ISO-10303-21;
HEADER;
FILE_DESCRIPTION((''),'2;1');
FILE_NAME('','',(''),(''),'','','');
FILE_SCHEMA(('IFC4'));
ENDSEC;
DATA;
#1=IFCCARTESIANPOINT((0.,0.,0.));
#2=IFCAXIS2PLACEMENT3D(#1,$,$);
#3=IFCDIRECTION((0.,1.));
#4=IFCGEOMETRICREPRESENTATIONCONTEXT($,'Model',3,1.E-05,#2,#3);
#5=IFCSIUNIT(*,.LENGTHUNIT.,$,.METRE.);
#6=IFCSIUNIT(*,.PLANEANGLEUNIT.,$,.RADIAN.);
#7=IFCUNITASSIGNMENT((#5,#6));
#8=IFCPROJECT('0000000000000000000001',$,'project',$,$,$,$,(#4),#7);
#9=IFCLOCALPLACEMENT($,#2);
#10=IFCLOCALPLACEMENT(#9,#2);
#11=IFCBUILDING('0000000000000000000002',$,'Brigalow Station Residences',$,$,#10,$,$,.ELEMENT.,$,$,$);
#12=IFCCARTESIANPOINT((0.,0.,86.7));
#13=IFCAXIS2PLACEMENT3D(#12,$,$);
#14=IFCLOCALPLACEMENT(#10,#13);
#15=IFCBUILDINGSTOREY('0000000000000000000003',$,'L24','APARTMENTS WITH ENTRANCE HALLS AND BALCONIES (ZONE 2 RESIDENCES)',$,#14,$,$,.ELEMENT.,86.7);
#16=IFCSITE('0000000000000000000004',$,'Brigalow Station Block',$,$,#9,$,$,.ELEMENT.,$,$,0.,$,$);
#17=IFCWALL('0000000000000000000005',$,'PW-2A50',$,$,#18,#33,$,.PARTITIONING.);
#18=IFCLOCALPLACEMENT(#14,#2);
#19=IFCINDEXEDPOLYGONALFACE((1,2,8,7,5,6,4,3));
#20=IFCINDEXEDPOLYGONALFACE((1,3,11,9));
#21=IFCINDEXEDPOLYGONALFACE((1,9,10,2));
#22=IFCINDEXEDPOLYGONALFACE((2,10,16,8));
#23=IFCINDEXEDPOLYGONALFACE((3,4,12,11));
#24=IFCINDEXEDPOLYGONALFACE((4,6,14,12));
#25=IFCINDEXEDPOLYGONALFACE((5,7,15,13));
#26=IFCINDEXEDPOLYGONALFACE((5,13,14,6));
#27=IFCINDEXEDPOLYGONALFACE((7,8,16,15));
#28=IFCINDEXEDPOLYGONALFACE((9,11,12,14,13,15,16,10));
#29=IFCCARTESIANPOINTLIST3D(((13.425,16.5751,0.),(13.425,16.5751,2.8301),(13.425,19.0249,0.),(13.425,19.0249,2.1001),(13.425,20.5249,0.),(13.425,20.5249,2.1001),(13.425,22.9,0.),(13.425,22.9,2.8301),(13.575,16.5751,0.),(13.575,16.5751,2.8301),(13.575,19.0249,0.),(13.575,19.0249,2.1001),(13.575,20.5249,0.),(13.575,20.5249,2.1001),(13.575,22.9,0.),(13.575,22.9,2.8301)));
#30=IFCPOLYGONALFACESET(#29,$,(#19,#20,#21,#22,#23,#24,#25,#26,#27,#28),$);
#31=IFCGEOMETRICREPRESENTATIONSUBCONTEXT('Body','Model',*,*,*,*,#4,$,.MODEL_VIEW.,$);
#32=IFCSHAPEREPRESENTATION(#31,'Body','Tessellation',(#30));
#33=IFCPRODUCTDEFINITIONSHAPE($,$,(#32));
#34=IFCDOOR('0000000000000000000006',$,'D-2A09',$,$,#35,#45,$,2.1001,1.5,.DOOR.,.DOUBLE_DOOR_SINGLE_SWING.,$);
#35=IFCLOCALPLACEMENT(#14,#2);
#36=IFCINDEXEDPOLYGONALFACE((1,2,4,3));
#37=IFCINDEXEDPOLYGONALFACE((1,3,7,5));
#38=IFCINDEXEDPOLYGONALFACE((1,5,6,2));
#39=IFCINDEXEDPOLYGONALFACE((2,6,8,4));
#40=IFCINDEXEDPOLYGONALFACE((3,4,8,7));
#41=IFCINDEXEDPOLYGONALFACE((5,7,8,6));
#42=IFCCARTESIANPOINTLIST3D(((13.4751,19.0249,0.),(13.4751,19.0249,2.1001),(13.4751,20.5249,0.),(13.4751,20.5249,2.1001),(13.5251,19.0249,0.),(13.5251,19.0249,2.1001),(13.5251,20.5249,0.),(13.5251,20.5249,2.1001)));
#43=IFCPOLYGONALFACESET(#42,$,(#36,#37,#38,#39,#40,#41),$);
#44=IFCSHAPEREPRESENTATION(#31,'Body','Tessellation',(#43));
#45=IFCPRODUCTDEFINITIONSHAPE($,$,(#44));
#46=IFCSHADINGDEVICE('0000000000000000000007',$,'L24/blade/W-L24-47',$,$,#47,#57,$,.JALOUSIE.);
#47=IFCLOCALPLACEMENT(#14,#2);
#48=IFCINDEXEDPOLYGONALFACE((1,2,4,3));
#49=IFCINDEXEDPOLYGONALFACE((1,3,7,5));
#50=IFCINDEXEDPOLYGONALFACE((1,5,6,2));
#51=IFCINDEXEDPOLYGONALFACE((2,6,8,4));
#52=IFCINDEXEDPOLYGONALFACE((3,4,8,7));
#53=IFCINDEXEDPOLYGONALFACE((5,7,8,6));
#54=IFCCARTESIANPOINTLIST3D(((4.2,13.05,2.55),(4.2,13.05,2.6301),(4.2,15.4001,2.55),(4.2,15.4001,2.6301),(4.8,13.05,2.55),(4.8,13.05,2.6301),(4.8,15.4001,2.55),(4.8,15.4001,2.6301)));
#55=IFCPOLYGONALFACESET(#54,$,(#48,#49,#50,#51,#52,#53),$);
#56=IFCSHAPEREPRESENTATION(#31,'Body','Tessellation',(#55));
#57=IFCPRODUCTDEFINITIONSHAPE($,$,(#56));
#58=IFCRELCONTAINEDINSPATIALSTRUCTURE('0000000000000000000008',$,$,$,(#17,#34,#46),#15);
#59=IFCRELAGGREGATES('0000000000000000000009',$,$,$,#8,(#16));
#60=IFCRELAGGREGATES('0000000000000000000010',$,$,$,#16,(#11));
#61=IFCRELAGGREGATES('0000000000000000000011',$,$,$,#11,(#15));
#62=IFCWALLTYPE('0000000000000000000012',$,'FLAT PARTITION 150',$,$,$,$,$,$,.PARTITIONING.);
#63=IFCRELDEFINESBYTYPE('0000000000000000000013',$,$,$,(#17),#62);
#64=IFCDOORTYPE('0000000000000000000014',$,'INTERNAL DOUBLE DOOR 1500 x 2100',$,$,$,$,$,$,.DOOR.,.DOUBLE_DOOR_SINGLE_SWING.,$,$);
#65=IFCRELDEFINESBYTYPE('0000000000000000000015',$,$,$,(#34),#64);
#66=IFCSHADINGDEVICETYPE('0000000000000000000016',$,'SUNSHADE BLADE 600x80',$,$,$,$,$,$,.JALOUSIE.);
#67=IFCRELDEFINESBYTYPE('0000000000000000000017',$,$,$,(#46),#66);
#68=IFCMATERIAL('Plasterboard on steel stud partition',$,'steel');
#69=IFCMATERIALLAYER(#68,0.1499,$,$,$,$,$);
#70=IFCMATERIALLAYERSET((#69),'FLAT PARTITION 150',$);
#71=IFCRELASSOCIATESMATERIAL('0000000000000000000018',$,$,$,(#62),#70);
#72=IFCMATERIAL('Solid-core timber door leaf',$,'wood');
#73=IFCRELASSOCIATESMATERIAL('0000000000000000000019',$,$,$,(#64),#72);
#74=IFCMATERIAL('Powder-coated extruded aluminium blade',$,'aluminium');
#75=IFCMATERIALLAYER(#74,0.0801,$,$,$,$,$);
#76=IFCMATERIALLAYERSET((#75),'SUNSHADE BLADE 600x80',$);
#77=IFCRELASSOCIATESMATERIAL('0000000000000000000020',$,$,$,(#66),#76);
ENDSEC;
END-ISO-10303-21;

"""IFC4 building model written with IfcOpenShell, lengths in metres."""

from ifc_helpers import new_model, si_unit, direction, frame, frame_2d, origin, origin_2d, place, context, subcontext, project, spatial, rectangle, extrude, material, layer, layer_set, type_object, element, fill, save


model = new_model("IFC4")

# Units and contexts
model_context = context("Model", 3, precision=1e-05, world=origin(), true_north=direction((0.0, 1.0)))
body_context = subcontext(model_context, "Body", "Model", "MODEL_VIEW")
ifc_project = project(units=[si_unit("LENGTHUNIT", "METRE"), si_unit("PLANEANGLEUNIT", "RADIAN")], contexts=[model_context])

# Site, building, storey
site_placement = place(None, origin())
site = spatial("IfcSite", under=ifc_project, at=site_placement, Name="Brigalow Station Block", CompositionType="ELEMENT", RefElevation=0.0)
building_placement = place(site_placement, origin())
building = spatial("IfcBuilding", under=site, at=building_placement, Name="Brigalow Station Residences", CompositionType="ELEMENT")
storey_placement = place(building_placement, frame((0.0, 0.0, 86.7)))
storey = spatial("IfcBuildingStorey", under=building, at=storey_placement, Name="L24", Description="APARTMENTS WITH ENTRANCE HALLS AND BALCONIES (ZONE 2 RESIDENCES)", CompositionType="ELEMENT", Elevation=86.7)

# Shared definitions
ifc_material_1 = material(Name="Plasterboard on steel stud partition", Category="steel")
ifc_layer_1 = layer(ifc_material_1, 0.1499)
ifc_layer_set_1 = layer_set([ifc_layer_1], Name="FLAT PARTITION 150")
wall_type_1 = type_object("IfcWallType", Name="FLAT PARTITION 150", PredefinedType="PARTITIONING", material=ifc_layer_set_1)

# Wall, opening, door
wall_1_placement = place(storey_placement, frame((13.5, 16.575, 0.0), z_axis=(0.0, 0.0, 1.0), x_axis=(0.0, 1.0, 0.0)))
wall_1 = element("IfcWall", 1, at=wall_1_placement, inside=storey, type_object=wall_type_1, Name="PW-2A50", PredefinedType="PARTITIONING", context=body_context, shape_type="SweptSolid", body=[
    extrude(rectangle(XDim=6.325, YDim=0.1499, at=frame_2d((3.1626, 0.0))), origin(), (0.0, 0.0, 1.0), 2.8301),
])
opening_1_placement = place(wall_1_placement, frame((2.45, 0.0, 0.0)))
opening_1 = element("IfcOpeningElement", 2, at=opening_1_placement, cuts=wall_1, PredefinedType="OPENING", context=body_context, shape_type="SweptSolid", body=[
    extrude(rectangle(XDim=1.5, YDim=2.1001, at=frame_2d((0.75, 1.05))), frame((0.0, 0.085, 0.0), z_axis=(0.0, -1.0, 0.0), x_axis=(1.0, 0.0, 0.0)), (0.0, 0.0, 1.0), 0.1699),
])
ifc_material_2 = material(Name="Solid-core timber door leaf", Category="wood")
door_type_1 = type_object("IfcDoorType", Name="INTERNAL DOUBLE DOOR 1500 x 2100", OperationType="DOUBLE_DOOR_SINGLE_SWING", PredefinedType="DOOR", material=ifc_material_2)
door_1_placement = place(opening_1_placement, origin())
door_1 = element("IfcDoor", 3, at=door_1_placement, inside=storey, type_object=door_type_1, Name="D-2A09", OperationType="DOUBLE_DOOR_SINGLE_SWING", OverallHeight=2.1001, OverallWidth=1.5, PredefinedType="DOOR", context=body_context, shape_type="SweptSolid", body=[
    extrude(rectangle(XDim=1.5, YDim=2.1001, at=frame_2d((0.75, 1.05))), frame((0.0, 0.0249, 0.0), z_axis=(0.0, -1.0, 0.0), x_axis=(1.0, 0.0, 0.0)), (0.0, 0.0, 1.0), 0.05),
])
fill(opening_1, door_1)

# Shading device
ifc_material_3 = material(Name="Powder-coated extruded aluminium blade", Category="aluminium")
ifc_layer_2 = layer(ifc_material_3, 0.0801)
ifc_layer_set_2 = layer_set([ifc_layer_2], Name="SUNSHADE BLADE 600x80")
shading_device_type = type_object("IfcShadingDeviceType", Name="SUNSHADE BLADE 600x80", PredefinedType="JALOUSIE", material=ifc_layer_set_2)
shading_device_placement = place(storey_placement, frame((4.5, 14.2251, 2.55), z_axis=(0.0, 0.0, 1.0), x_axis=(0.0, -1.0, 0.0)))
element("IfcShadingDevice", 4, at=shading_device_placement, inside=storey, type_object=shading_device_type, Name="L24/blade/W-L24-47", PredefinedType="JALOUSIE", context=body_context, shape_type="SweptSolid", body=[
    extrude(rectangle(XDim=2.3501, YDim=0.6001, at=origin_2d()), origin(), (0.0, 0.0, 1.0), 0.0801),
])

save(model, "model.ifc")
